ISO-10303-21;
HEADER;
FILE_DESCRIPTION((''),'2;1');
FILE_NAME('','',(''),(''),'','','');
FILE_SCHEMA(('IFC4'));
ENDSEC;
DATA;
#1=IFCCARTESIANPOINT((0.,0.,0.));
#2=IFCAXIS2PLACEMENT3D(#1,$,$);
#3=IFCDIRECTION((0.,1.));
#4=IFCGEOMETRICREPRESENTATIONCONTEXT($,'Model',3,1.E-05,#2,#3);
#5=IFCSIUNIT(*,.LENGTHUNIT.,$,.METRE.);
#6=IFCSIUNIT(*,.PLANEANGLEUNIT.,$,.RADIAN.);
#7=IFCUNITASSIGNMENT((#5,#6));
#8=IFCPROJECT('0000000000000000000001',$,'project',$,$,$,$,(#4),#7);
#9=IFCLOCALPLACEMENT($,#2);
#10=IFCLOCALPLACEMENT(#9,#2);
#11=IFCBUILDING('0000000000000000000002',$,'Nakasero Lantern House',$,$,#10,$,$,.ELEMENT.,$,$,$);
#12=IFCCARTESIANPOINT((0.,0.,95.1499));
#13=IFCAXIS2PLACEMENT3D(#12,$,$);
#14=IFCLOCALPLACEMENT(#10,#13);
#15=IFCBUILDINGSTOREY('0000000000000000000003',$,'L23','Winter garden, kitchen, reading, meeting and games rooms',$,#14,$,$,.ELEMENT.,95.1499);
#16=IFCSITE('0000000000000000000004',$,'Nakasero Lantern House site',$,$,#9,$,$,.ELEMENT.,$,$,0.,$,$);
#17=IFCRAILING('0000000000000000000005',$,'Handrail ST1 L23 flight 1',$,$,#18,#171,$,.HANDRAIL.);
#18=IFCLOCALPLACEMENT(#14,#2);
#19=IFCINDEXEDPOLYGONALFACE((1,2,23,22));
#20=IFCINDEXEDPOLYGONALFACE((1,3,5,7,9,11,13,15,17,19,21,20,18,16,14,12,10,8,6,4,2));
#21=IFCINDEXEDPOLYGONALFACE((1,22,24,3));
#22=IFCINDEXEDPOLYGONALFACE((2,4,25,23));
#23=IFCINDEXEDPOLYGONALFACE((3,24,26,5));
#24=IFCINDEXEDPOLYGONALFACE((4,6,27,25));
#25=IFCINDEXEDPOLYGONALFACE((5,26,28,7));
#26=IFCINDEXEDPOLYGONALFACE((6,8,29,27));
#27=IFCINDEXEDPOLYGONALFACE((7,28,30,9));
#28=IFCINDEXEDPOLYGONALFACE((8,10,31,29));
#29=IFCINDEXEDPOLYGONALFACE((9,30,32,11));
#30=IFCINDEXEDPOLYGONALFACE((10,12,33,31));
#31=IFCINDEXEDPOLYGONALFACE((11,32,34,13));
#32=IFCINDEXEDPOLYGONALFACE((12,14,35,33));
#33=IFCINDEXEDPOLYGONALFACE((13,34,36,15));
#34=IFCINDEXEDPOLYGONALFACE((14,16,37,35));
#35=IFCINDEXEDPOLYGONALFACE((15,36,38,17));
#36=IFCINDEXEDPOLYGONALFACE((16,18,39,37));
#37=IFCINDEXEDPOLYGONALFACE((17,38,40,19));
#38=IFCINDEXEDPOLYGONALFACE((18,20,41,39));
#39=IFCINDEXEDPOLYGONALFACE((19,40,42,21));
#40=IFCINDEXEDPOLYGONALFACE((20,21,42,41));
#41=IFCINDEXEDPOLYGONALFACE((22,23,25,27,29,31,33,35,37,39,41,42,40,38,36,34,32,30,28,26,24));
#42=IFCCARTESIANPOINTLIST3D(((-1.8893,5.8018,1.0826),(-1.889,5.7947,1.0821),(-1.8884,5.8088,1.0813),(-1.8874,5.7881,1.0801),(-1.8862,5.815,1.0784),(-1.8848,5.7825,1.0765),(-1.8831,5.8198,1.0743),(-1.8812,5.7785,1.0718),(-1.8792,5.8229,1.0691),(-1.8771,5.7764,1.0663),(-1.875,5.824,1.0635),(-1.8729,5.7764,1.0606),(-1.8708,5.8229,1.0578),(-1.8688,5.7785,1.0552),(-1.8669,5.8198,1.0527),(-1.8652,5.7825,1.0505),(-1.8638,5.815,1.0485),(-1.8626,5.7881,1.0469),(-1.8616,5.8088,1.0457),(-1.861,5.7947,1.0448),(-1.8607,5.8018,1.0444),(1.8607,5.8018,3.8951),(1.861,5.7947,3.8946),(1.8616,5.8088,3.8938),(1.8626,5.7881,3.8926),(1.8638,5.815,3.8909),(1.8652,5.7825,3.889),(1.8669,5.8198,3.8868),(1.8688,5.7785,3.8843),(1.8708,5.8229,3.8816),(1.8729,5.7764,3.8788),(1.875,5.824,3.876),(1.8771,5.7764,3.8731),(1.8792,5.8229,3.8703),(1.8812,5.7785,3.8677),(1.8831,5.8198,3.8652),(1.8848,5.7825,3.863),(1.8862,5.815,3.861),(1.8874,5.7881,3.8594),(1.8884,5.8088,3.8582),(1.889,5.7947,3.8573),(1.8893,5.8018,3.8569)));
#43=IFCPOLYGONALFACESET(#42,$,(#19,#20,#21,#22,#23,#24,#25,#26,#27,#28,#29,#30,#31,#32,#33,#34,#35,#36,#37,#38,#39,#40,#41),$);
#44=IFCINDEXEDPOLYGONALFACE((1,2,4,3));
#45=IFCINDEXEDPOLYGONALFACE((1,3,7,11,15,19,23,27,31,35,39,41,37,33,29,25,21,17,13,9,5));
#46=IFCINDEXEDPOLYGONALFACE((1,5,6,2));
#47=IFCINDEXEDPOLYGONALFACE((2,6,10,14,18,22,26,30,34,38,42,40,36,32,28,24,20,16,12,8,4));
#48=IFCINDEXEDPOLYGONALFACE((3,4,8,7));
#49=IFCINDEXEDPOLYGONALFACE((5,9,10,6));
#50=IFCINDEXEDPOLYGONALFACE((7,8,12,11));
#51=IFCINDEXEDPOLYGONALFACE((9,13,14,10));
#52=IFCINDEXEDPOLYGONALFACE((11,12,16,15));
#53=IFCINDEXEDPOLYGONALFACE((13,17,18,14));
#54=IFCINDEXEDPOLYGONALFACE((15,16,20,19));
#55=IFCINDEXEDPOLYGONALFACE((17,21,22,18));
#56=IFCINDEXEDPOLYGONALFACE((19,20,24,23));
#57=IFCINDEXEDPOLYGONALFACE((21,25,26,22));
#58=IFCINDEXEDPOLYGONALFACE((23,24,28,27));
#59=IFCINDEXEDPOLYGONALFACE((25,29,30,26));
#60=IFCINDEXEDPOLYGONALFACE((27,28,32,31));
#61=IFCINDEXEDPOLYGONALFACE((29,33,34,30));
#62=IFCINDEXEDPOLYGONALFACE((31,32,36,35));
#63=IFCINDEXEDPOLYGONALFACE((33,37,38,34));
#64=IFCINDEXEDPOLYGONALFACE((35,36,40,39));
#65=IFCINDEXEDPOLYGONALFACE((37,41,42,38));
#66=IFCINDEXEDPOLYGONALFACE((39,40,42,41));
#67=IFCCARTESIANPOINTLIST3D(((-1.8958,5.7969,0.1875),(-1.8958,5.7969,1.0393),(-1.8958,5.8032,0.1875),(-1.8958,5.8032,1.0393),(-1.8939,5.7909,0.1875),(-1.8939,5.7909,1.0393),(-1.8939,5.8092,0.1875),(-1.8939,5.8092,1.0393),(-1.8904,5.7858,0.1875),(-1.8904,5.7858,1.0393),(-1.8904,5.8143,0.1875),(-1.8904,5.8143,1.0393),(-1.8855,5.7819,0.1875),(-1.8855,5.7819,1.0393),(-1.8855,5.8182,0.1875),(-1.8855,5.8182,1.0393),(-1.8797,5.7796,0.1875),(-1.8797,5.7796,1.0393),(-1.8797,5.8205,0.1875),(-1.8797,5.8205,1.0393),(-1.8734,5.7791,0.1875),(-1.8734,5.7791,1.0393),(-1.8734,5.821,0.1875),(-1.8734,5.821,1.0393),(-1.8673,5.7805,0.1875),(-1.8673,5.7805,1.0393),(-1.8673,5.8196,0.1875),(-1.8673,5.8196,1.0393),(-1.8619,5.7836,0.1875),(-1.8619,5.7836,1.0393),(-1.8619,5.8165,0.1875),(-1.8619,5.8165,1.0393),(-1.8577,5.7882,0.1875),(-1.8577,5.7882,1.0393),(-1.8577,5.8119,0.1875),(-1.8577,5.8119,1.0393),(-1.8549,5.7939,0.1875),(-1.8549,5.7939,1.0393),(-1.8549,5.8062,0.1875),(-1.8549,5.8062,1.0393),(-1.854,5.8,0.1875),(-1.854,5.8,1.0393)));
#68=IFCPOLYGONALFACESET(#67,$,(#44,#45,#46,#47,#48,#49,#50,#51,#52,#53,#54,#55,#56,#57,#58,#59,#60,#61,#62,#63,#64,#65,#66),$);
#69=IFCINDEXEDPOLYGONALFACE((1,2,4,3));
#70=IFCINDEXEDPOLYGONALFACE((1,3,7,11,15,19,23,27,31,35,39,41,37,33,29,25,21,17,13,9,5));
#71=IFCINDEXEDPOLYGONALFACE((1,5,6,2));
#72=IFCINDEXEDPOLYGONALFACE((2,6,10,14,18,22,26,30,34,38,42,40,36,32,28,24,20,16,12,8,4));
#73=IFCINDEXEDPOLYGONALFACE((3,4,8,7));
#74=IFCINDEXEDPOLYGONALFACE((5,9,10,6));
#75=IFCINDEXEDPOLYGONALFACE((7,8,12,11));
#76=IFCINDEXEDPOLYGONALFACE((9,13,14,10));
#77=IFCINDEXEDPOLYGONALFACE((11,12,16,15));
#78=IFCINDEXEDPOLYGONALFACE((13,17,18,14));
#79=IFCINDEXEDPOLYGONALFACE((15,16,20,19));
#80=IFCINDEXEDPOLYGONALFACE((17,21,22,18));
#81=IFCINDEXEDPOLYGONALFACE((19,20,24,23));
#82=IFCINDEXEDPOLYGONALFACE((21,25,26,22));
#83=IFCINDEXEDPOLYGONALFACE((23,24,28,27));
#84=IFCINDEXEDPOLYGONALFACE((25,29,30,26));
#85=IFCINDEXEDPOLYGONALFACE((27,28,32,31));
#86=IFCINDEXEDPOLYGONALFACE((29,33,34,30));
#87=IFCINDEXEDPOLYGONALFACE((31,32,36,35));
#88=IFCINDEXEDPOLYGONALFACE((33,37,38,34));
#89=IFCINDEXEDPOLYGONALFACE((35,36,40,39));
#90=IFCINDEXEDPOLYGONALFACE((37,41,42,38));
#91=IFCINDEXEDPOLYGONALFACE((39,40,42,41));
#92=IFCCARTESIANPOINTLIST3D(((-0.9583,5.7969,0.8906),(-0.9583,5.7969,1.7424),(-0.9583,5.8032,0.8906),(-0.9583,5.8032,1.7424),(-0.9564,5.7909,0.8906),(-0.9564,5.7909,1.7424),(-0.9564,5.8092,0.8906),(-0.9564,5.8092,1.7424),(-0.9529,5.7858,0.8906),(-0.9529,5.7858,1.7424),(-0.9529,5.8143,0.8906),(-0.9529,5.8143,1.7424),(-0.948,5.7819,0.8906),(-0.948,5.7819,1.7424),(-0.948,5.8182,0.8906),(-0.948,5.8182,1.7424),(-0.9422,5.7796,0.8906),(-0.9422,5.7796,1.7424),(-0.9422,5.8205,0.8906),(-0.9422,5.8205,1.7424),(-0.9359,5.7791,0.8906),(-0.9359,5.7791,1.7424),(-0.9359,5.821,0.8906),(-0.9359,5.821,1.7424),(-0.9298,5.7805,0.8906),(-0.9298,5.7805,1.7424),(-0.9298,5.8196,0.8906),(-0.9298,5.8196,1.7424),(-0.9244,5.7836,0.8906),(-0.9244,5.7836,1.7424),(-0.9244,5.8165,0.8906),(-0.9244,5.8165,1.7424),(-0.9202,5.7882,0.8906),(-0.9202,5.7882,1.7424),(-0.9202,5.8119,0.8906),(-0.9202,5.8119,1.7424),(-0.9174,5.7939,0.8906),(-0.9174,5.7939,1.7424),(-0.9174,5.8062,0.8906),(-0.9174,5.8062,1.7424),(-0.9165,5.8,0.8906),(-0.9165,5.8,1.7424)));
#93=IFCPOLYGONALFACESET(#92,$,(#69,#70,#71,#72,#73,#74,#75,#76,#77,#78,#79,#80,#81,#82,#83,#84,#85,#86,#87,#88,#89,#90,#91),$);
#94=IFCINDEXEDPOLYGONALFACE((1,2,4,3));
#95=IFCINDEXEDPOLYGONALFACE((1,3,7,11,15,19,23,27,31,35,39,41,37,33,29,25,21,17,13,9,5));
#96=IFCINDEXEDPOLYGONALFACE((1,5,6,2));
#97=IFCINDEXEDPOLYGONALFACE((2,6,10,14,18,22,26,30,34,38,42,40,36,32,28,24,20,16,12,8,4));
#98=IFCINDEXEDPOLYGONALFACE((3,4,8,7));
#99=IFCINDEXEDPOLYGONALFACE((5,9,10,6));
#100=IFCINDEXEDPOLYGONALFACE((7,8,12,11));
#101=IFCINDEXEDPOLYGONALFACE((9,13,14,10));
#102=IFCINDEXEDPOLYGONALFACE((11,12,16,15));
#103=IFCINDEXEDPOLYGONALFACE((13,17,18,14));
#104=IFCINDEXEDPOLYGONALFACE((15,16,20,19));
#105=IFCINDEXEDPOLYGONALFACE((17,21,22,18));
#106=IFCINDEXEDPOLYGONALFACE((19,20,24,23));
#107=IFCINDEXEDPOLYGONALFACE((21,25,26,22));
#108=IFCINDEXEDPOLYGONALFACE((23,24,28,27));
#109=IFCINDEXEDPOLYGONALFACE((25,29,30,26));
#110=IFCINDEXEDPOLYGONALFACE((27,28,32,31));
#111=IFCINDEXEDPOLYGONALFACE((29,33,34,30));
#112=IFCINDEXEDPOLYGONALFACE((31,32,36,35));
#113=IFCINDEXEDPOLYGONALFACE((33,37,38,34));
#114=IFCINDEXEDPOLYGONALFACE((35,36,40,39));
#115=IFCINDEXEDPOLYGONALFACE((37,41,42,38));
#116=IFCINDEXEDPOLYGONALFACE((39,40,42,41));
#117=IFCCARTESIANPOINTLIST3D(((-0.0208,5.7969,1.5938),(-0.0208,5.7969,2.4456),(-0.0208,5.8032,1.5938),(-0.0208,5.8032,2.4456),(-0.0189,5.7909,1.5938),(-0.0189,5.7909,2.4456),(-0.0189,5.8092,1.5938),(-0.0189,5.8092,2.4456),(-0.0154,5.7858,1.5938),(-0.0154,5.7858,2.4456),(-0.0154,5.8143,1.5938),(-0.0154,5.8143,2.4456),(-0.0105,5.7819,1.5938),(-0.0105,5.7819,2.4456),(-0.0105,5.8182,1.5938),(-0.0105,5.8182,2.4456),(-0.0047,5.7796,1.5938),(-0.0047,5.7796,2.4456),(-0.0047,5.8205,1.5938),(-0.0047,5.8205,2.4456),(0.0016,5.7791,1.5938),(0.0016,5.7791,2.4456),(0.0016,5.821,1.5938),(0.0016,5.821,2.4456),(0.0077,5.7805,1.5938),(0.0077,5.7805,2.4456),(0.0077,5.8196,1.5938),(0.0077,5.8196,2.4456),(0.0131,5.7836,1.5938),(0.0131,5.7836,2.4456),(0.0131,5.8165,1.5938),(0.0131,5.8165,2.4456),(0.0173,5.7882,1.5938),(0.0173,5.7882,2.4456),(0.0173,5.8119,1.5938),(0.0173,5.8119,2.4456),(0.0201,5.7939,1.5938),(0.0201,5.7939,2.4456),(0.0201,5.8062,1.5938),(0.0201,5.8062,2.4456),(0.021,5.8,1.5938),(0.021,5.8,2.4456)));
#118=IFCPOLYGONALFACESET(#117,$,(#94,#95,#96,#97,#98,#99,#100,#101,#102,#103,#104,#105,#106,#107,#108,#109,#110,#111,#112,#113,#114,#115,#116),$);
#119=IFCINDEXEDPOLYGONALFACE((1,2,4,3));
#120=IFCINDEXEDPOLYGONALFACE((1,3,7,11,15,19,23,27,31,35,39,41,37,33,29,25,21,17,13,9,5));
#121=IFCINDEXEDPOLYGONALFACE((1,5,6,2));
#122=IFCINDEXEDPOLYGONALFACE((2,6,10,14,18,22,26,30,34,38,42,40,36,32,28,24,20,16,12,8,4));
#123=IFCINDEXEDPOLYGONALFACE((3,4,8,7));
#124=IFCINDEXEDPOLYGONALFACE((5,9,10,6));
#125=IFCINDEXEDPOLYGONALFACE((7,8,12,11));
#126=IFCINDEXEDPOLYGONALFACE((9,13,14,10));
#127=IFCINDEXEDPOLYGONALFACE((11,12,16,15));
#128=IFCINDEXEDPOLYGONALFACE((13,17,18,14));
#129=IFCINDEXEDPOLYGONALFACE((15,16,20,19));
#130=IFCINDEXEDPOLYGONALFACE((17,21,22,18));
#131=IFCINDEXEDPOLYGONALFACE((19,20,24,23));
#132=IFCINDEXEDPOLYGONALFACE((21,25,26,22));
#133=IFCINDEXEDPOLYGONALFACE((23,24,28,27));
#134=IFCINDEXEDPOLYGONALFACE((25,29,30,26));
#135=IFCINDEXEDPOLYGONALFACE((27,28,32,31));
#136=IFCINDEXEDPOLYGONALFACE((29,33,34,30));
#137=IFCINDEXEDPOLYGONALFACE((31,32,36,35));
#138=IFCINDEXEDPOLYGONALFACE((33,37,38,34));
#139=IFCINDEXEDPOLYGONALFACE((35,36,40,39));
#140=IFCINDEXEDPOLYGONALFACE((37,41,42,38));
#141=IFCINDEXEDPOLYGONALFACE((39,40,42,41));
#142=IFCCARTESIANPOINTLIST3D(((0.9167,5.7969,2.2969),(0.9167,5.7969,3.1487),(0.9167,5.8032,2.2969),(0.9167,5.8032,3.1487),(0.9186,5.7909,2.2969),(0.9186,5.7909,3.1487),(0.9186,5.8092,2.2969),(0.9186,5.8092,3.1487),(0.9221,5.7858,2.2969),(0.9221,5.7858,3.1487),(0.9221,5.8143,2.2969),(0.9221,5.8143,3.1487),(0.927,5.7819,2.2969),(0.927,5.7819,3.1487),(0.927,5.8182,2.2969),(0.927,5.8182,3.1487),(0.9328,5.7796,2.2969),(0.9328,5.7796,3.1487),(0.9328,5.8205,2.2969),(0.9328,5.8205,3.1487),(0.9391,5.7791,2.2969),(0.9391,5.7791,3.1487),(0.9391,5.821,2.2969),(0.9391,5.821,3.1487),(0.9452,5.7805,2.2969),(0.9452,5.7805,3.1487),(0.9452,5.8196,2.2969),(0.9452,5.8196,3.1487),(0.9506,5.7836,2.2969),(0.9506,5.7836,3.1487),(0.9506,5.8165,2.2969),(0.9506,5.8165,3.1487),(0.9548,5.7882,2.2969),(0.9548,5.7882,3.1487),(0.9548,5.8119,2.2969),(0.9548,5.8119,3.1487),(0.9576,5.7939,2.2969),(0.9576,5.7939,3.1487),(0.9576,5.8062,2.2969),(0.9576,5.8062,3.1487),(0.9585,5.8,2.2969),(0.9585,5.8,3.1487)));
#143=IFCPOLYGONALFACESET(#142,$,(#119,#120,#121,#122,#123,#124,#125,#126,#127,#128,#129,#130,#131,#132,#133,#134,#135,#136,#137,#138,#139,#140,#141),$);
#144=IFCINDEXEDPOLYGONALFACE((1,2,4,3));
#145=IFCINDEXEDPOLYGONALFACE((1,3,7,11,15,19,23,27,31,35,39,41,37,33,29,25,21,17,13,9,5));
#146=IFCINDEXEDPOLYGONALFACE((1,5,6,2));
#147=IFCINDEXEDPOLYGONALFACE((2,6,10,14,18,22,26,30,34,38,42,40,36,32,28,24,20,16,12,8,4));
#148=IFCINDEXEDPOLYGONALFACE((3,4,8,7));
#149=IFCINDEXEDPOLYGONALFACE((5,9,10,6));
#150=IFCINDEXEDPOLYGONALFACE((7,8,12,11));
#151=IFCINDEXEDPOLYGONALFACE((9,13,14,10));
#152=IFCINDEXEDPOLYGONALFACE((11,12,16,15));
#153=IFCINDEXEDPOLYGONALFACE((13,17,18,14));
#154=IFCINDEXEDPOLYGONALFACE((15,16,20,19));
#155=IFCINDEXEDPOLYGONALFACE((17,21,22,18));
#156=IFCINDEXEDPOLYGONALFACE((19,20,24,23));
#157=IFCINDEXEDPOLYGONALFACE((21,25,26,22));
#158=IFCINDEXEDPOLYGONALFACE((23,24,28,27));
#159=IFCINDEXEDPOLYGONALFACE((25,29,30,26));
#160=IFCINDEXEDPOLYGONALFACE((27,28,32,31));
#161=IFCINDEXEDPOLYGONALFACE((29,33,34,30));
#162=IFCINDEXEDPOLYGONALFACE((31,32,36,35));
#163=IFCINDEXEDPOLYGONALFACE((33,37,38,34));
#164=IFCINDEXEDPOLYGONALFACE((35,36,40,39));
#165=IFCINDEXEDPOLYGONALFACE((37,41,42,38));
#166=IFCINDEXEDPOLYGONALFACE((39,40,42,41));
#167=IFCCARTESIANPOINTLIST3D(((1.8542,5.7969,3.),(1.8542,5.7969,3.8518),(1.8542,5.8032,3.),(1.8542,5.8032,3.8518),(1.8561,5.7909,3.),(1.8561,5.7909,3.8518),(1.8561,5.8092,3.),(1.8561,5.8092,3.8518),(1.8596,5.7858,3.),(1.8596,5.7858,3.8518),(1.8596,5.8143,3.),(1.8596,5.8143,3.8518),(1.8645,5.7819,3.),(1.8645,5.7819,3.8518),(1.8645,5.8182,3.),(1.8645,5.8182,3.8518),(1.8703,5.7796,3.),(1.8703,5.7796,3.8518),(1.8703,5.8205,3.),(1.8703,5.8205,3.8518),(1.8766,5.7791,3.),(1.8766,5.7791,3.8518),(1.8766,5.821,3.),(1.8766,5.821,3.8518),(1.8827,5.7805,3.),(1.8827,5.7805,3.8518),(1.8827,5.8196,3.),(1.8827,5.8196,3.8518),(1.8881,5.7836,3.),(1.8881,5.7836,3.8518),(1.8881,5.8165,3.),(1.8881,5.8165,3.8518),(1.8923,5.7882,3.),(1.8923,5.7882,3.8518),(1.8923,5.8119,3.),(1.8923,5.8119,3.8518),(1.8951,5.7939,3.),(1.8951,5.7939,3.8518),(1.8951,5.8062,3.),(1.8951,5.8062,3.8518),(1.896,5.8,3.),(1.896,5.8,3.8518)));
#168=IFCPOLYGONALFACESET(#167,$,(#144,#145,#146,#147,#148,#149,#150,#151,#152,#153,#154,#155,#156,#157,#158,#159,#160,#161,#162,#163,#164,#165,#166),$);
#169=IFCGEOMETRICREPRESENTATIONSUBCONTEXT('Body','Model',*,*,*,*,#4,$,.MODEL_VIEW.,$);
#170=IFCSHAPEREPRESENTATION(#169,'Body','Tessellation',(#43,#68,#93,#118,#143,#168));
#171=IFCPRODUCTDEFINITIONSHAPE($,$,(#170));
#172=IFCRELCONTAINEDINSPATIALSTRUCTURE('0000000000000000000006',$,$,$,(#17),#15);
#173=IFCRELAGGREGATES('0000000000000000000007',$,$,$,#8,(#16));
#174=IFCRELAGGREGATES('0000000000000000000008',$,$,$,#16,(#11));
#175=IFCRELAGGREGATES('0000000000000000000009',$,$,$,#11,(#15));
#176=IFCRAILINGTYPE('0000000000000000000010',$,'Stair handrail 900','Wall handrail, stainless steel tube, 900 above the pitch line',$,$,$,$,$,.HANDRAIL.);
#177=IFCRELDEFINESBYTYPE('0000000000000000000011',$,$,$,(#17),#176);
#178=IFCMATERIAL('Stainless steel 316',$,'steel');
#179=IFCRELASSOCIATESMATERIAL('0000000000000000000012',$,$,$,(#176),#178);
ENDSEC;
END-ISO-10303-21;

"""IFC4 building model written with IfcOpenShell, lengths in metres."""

from ifc_helpers import new_model, si_unit, direction, frame, origin, origin_2d, place, context, subcontext, project, spatial, circle, extrude, material, type_object, element, save


model = new_model("IFC4")

# Units and contexts
model_context = context("Model", 3, precision=1e-05, world=origin(), true_north=direction((0.0, 1.0)))
body_context = subcontext(model_context, "Body", "Model", "MODEL_VIEW")
ifc_project = project(units=[si_unit("LENGTHUNIT", "METRE"), si_unit("PLANEANGLEUNIT", "RADIAN")], contexts=[model_context])

# Site, building, storey
site_placement = place(None, origin())
site = spatial("IfcSite", under=ifc_project, at=site_placement, Name="Nakasero Lantern House site", CompositionType="ELEMENT", RefElevation=0.0)
building_placement = place(site_placement, origin())
building = spatial("IfcBuilding", under=site, at=building_placement, Name="Nakasero Lantern House", CompositionType="ELEMENT")
storey_placement = place(building_placement, frame((0.0, 0.0, 95.1499)))
storey = spatial("IfcBuildingStorey", under=building, at=storey_placement, Name="L23", Description="Winter garden, kitchen, reading, meeting and games rooms", CompositionType="ELEMENT", Elevation=95.1499)

# Railing
ifc_material_1 = material(Name="Stainless steel 316", Category="steel")
railing_type = type_object("IfcRailingType", Name="Stair handrail 900", Description="Wall handrail, stainless steel tube, 900 above the pitch line", PredefinedType="HANDRAIL", material=ifc_material_1)
railing_placement = place(storey_placement, frame((-1.875, 5.8, 0.1875)))
element("IfcRailing", 1, at=railing_placement, inside=storey, type_object=railing_type, Name="Handrail ST1 L23 flight 1", PredefinedType="HANDRAIL", context=body_context, shape_type="SweptSolid", body=[
    extrude(circle(Radius=0.0239, at=origin_2d()), frame((0.0, 0.0, 0.876), z_axis=(0.8, 0.0, 0.6), x_axis=(0.0, 1.0, 0.0)), (0.0, 0.0, 1.0), 4.6875),
    extrude(circle(Radius=0.021, at=origin_2d()), origin(), (0.0, 0.0, 1.0), 0.8518),
    extrude(circle(Radius=0.021, at=origin_2d()), frame((0.9375, 0.0, 0.7031)), (0.0, 0.0, 1.0), 0.8518),
    extrude(circle(Radius=0.021, at=origin_2d()), frame((1.875, 0.0, 1.4062)), (0.0, 0.0, 1.0), 0.8518),
    extrude(circle(Radius=0.021, at=origin_2d()), frame((2.8125, 0.0, 2.1094)), (0.0, 0.0, 1.0), 0.8518),
    extrude(circle(Radius=0.021, at=origin_2d()), frame((3.75, 0.0, 2.8125)), (0.0, 0.0, 1.0), 0.8518),
])

save(model, "model.ifc")
